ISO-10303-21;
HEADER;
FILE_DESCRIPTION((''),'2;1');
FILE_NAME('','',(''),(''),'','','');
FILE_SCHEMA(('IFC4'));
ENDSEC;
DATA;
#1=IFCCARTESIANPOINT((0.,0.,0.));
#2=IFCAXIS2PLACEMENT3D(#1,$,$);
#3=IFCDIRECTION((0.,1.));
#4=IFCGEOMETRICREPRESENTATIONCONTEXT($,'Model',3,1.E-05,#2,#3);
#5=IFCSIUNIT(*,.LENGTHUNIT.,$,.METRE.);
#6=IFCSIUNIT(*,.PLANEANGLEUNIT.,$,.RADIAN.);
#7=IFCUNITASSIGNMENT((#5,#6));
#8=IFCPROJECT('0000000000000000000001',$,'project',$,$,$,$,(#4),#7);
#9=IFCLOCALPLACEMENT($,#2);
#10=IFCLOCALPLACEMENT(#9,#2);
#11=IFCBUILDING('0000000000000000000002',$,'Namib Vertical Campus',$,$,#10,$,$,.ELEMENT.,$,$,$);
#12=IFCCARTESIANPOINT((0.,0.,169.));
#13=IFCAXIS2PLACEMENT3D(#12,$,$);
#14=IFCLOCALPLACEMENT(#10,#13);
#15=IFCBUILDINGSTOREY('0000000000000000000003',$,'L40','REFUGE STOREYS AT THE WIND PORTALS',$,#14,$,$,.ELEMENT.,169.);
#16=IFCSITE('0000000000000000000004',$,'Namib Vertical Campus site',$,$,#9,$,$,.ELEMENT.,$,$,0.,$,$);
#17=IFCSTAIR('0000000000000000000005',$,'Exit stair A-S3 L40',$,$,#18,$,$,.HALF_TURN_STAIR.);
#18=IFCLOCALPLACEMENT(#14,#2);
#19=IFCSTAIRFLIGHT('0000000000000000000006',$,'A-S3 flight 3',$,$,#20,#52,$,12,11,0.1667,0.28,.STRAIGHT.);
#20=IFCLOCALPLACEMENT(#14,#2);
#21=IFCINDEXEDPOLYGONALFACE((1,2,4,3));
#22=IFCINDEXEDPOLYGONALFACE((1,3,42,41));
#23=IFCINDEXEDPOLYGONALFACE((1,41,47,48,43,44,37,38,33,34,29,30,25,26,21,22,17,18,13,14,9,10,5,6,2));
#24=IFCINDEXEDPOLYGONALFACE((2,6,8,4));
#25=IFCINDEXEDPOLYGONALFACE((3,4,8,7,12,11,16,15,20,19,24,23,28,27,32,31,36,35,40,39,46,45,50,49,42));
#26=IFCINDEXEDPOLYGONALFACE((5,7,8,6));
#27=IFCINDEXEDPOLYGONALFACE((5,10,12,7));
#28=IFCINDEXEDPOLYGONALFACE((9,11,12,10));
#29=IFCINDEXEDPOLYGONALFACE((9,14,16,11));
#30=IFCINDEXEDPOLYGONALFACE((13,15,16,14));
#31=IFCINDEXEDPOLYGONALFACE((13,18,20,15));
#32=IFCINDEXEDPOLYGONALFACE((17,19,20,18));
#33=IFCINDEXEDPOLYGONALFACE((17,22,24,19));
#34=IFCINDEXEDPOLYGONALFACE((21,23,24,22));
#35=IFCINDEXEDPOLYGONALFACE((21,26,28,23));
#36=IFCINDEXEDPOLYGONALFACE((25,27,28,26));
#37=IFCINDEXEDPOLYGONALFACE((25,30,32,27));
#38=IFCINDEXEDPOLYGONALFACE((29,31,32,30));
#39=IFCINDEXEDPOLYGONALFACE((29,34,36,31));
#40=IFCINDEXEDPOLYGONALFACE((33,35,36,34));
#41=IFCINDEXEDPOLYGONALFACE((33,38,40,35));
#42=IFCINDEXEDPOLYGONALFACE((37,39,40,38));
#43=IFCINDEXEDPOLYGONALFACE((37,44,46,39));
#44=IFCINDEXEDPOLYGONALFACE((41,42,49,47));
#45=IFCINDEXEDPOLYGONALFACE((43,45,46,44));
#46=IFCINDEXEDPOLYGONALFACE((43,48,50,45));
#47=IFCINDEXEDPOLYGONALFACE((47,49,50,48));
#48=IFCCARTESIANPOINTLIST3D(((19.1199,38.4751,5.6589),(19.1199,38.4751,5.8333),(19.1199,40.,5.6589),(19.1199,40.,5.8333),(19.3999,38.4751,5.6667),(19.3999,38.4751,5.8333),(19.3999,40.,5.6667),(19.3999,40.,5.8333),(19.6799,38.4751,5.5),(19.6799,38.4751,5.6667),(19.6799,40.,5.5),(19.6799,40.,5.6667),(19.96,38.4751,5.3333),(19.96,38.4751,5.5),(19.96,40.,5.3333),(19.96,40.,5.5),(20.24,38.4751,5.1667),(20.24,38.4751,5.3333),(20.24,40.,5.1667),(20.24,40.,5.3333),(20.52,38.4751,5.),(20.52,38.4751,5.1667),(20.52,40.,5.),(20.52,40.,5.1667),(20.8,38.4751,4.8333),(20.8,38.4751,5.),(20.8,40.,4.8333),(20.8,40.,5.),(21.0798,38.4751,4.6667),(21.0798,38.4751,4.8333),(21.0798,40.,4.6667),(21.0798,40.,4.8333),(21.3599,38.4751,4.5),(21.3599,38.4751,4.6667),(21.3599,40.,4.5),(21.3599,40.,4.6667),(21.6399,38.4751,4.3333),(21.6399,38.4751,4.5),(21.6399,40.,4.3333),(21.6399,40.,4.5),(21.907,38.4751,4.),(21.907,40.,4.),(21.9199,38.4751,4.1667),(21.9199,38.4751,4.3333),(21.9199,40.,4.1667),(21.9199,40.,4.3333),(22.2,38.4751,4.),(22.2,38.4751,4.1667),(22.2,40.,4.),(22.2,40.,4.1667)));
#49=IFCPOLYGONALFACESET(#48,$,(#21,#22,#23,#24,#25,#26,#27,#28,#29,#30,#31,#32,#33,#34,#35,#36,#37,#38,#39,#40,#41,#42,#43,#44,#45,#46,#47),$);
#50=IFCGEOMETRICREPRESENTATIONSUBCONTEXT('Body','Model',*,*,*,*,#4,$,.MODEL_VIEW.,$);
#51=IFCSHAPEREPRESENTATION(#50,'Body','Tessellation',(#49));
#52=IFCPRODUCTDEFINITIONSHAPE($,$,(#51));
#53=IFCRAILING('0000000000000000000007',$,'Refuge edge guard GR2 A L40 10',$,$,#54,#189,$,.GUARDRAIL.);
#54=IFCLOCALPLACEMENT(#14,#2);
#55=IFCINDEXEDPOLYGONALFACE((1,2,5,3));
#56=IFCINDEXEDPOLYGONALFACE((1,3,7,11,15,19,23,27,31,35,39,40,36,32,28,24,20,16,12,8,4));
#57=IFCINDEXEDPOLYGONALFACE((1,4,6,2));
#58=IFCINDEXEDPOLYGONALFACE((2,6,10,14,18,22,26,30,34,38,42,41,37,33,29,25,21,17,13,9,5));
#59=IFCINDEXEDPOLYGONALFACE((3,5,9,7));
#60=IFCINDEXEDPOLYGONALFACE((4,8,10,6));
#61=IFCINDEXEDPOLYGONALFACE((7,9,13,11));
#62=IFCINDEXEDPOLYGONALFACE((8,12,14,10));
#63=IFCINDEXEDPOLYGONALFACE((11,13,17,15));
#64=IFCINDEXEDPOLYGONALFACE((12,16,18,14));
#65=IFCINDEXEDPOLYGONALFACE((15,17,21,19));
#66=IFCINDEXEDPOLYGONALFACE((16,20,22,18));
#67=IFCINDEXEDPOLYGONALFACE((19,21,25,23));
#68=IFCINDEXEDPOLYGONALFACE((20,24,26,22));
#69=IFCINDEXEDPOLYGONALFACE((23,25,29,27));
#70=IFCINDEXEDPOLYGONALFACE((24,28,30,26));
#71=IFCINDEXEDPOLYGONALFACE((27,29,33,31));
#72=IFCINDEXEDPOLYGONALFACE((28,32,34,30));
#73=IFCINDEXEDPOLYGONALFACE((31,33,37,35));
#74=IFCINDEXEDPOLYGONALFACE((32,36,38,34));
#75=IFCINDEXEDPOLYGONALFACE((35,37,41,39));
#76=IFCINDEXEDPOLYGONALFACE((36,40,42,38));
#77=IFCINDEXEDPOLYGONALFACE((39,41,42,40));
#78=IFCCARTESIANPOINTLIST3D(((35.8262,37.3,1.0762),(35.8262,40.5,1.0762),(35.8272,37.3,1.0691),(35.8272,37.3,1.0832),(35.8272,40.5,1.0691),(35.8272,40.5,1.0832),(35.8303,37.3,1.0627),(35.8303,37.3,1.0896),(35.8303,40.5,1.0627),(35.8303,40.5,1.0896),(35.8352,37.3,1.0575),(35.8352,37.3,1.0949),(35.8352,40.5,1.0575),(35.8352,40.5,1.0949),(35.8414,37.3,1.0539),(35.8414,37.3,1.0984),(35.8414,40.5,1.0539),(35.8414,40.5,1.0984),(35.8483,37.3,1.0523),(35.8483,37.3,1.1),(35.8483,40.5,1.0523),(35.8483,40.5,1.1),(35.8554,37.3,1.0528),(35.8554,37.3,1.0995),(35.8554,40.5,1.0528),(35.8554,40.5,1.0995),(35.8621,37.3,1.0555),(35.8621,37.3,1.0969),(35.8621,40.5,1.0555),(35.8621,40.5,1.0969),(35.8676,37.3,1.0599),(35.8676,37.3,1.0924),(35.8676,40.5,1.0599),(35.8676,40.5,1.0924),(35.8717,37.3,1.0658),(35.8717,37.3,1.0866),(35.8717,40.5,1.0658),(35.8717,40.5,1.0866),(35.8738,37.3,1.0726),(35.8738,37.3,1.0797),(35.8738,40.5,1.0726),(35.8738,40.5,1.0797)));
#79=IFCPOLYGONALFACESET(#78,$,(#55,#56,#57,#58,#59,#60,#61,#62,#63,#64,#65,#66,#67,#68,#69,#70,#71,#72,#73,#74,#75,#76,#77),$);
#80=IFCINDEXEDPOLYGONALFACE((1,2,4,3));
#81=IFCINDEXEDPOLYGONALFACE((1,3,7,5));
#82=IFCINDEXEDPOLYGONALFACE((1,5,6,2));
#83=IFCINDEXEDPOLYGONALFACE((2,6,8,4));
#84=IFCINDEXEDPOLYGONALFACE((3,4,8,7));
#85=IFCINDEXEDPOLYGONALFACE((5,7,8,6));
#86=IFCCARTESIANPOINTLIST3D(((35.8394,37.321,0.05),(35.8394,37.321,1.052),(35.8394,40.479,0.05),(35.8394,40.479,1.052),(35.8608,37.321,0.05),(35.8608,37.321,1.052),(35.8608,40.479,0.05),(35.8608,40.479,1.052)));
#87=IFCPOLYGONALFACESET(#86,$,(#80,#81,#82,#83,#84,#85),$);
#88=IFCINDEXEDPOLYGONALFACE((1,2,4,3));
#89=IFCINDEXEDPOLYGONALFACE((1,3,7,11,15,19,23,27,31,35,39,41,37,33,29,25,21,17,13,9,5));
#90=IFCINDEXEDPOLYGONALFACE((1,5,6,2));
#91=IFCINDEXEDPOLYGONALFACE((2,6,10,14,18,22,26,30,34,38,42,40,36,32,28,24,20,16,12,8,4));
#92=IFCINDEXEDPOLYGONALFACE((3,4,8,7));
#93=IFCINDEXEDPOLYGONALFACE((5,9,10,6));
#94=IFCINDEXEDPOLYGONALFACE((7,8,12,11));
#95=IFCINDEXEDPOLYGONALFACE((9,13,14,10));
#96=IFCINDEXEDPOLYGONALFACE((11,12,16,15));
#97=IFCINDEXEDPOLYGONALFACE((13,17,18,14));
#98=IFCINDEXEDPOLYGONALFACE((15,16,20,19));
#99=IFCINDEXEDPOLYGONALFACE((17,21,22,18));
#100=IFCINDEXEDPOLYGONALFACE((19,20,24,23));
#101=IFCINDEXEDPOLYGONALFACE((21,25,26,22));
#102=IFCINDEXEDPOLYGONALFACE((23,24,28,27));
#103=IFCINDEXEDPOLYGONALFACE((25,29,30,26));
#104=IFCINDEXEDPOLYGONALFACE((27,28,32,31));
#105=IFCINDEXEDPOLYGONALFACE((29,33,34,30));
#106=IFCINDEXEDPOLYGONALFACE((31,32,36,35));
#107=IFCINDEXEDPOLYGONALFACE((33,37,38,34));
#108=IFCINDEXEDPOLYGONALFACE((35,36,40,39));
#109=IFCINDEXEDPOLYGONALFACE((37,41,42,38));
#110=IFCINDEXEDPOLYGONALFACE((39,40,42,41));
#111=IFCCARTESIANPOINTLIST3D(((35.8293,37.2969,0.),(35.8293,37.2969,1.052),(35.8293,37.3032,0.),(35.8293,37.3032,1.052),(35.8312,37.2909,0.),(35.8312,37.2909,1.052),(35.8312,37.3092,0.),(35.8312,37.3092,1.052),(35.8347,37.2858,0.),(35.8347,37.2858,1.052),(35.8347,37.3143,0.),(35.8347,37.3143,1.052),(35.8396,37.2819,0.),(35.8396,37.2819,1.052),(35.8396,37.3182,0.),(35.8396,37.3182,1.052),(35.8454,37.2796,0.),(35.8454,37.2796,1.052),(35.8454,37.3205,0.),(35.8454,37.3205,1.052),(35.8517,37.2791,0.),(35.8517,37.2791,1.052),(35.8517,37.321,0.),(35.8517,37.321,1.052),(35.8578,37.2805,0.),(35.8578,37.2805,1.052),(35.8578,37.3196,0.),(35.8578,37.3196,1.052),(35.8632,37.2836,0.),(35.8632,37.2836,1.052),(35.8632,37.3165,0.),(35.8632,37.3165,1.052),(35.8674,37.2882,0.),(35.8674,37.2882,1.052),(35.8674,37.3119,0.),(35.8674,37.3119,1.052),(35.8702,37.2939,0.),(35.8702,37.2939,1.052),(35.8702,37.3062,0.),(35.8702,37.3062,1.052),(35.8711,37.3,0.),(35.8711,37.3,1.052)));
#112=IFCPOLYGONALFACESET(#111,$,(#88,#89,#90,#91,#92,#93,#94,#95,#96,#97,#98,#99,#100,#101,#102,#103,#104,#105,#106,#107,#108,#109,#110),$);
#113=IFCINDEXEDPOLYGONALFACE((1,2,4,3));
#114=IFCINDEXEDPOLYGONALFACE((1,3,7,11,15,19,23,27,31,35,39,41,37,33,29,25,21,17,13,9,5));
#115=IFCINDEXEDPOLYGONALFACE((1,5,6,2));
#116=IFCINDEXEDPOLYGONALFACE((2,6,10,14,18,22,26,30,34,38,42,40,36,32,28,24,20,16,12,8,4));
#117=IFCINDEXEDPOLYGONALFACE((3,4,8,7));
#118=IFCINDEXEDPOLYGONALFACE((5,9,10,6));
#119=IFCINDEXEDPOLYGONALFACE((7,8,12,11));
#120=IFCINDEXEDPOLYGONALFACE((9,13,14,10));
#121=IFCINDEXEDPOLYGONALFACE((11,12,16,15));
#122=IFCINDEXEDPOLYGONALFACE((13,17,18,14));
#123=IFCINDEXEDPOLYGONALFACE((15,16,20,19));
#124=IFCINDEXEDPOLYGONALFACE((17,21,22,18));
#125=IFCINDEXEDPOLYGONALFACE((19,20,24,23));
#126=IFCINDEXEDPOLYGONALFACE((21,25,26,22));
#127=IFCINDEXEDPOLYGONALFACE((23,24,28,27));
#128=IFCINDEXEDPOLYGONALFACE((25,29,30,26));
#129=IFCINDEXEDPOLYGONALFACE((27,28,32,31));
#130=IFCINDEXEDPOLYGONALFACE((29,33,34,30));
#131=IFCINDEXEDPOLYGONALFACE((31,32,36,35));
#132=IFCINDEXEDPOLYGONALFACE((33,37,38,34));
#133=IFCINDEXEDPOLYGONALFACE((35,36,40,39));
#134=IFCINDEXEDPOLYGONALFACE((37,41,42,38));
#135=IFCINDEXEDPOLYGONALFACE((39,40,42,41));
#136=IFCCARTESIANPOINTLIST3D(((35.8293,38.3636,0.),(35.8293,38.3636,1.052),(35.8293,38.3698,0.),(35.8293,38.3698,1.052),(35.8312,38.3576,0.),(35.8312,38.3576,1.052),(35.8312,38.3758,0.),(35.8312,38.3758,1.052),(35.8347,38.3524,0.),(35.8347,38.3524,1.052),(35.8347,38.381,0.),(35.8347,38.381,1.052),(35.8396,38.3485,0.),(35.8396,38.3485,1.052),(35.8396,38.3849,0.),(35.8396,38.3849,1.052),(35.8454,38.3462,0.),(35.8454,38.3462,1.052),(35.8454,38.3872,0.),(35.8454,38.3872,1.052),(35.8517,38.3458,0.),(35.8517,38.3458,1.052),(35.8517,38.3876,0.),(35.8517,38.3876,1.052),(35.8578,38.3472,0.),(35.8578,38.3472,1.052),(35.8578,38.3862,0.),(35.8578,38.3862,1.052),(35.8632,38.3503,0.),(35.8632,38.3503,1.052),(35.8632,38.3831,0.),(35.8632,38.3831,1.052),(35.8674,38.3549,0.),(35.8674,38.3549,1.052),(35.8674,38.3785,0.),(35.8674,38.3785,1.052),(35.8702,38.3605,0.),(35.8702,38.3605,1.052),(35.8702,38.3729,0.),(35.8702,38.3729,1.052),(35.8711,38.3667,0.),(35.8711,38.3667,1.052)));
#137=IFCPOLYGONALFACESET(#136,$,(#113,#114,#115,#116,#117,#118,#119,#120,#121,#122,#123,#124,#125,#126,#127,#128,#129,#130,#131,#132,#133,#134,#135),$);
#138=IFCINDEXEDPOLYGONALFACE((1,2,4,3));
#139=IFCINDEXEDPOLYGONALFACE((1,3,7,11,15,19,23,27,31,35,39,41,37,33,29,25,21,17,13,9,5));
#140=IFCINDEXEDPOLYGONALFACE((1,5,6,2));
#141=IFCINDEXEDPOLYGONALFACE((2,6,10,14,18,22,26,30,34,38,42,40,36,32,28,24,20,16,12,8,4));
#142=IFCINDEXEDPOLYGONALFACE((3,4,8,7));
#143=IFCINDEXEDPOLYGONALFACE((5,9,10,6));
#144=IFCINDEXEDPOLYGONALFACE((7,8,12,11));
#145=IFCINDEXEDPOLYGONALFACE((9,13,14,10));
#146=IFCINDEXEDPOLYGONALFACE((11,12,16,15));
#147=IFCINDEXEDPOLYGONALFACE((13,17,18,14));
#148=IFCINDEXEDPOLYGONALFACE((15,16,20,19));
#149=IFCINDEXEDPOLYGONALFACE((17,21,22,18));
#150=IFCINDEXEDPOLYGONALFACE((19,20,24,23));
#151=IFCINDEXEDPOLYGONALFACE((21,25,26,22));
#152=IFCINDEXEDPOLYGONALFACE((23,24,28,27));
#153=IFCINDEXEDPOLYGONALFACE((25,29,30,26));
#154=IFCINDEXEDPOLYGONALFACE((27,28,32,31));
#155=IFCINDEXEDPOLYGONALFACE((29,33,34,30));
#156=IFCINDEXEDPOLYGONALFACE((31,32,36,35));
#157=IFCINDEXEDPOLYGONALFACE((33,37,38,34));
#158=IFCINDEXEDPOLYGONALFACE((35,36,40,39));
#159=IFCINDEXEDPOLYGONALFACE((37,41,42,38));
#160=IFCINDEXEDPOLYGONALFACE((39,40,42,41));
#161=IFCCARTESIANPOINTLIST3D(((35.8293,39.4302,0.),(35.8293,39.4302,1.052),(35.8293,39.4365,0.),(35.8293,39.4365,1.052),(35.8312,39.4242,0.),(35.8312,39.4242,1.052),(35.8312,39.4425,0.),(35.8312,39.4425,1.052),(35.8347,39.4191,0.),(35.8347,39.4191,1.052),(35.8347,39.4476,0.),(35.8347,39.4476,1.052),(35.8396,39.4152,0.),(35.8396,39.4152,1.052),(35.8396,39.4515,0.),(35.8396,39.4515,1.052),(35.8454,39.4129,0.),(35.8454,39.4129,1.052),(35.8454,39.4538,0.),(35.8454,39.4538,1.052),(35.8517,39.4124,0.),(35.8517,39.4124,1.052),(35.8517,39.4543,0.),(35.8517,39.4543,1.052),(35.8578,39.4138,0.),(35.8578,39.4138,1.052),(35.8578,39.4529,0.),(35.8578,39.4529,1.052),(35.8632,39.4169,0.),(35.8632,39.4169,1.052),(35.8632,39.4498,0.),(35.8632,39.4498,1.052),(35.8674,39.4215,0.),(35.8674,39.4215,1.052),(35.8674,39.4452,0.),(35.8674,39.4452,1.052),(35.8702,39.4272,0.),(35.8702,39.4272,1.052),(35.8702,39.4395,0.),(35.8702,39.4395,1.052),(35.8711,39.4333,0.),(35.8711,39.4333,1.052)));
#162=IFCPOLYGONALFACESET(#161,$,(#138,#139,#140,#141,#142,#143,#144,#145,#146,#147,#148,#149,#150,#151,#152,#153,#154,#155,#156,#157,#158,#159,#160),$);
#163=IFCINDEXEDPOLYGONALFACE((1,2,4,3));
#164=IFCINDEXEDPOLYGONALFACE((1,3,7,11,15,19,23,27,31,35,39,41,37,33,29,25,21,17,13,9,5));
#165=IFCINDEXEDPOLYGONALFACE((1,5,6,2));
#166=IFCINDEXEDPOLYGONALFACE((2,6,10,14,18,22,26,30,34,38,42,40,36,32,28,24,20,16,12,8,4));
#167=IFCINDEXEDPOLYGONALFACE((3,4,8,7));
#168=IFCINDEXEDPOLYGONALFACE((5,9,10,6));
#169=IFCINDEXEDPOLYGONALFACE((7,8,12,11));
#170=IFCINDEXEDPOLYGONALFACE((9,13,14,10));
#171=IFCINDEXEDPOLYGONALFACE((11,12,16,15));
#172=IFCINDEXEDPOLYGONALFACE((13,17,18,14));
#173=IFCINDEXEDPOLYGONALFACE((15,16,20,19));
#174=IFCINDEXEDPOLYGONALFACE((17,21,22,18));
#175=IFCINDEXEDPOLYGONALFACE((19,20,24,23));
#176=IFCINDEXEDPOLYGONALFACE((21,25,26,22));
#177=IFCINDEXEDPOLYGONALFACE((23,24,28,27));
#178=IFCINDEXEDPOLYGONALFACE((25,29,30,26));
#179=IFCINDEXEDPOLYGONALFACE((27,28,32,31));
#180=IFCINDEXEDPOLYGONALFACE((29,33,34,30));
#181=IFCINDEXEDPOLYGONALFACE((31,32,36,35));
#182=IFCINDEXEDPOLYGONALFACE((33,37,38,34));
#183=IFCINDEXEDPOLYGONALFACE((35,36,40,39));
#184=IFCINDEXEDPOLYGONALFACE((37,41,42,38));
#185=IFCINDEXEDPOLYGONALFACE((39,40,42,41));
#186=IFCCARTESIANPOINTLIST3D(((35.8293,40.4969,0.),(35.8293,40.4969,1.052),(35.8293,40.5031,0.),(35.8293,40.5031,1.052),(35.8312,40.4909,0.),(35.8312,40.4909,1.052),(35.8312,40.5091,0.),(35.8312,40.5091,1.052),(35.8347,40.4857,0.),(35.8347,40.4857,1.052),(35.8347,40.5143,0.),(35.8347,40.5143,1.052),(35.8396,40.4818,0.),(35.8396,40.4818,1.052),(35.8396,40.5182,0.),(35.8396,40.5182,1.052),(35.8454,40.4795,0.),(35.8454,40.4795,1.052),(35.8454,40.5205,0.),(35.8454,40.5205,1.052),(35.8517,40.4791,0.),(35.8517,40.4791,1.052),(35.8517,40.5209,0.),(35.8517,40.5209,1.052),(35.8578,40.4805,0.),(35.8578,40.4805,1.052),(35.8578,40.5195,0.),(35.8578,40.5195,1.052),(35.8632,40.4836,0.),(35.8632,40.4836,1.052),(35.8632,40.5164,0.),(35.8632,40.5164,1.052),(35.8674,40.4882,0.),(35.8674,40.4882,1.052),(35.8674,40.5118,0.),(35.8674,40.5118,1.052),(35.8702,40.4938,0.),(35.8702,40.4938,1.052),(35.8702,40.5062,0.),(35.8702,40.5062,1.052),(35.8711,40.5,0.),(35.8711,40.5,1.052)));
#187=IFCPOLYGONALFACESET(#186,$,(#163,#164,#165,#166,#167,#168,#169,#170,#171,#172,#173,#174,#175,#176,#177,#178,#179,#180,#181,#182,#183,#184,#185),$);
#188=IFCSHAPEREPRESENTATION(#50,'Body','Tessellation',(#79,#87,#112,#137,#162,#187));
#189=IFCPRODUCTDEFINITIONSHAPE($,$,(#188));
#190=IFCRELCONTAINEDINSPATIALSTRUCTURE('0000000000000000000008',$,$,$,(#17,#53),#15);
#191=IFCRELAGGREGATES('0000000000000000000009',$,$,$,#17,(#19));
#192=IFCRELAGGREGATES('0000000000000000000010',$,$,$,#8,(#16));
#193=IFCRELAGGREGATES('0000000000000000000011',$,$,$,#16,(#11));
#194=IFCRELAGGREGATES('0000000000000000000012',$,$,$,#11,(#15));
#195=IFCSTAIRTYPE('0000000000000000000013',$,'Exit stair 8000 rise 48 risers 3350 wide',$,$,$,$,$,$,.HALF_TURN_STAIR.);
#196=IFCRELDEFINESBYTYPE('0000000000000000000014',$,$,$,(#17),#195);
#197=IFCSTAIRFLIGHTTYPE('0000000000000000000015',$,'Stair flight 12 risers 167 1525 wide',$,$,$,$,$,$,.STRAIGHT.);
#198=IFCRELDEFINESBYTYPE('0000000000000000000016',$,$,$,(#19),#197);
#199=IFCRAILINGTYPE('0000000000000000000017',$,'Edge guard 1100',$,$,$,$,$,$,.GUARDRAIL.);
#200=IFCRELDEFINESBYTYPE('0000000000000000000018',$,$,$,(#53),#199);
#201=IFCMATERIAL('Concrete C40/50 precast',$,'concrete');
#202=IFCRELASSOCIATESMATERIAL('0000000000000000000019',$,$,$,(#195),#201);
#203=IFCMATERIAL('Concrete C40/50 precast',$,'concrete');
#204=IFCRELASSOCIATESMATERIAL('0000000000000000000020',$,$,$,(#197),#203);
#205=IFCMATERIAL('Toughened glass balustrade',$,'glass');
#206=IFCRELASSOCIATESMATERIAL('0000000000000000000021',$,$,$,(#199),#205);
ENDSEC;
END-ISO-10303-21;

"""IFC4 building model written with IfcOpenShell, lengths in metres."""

from ifc_helpers import new_model, si_unit, direction, frame, origin, origin_2d, place, context, subcontext, project, spatial, polyline, circle, outline, extrude, material, type_object, element, aggregate, save


model = new_model("IFC4")

# Units and contexts
model_context = context("Model", 3, precision=1e-05, world=origin(), true_north=direction((0.0, 1.0)))
body_context = subcontext(model_context, "Body", "Model", "MODEL_VIEW")
ifc_project = project(units=[si_unit("LENGTHUNIT", "METRE"), si_unit("PLANEANGLEUNIT", "RADIAN")], contexts=[model_context])

# Site, building, storey
site_placement = place(None, origin())
site = spatial("IfcSite", under=ifc_project, at=site_placement, Name="Namib Vertical Campus site", CompositionType="ELEMENT", RefElevation=0.0)
building_placement = place(site_placement, origin())
building = spatial("IfcBuilding", under=site, at=building_placement, Name="Namib Vertical Campus", CompositionType="ELEMENT")
storey_placement = place(building_placement, frame((0.0, 0.0, 169.0)))
storey = spatial("IfcBuildingStorey", under=building, at=storey_placement, Name="L40", Description="REFUGE STOREYS AT THE WIND PORTALS", CompositionType="ELEMENT", Elevation=169.0)

# Stair, stair flight
ifc_material_1 = material(Name="Concrete C40/50 precast", Category="concrete")
stair_type = type_object("IfcStairType", Name="Exit stair 8000 rise 48 risers 3350 wide", PredefinedType="HALF_TURN_STAIR", material=ifc_material_1)
stair_placement = place(storey_placement, origin())
stair = element("IfcStair", 1, at=stair_placement, inside=storey, type_object=stair_type, Name="Exit stair A-S3 L40", PredefinedType="HALF_TURN_STAIR")
ifc_material_2 = material(Name="Concrete C40/50 precast", Category="concrete")
stair_flight_type = type_object("IfcStairFlightType", Name="Stair flight 12 risers 167 1525 wide", PredefinedType="STRAIGHT", material=ifc_material_2)
stair_flight_1_placement = place(storey_placement, frame((22.2, 39.2375, 4.0), z_axis=(0.0, 0.0, 1.0), x_axis=(-1.0, 0.0, 0.0)))
stair_flight_1 = element("IfcStairFlight", 2, at=stair_flight_1_placement, type_object=stair_flight_type, Name="A-S3 flight 3", NumberOfRisers=12, NumberOfTreads=11, PredefinedType="STRAIGHT", RiserHeight=0.1667, TreadLength=0.28, context=body_context, shape_type="SweptSolid", body=[
    extrude(outline(polyline([(0.0, 0.0), (0.0, 0.1667), (0.28, 0.1667), (0.28, 0.3333), (0.5601, 0.3333), (0.5601, 0.5), (0.8401, 0.5), (0.8401, 0.6667), (1.1201, 0.6667), (1.1201, 0.8333), (1.3999, 0.8333), (1.3999, 1.0), (1.6799, 1.0), (1.6799, 1.1667), (1.96, 1.1667), (1.96, 1.3333), (2.24, 1.3333), (2.24, 1.5), (2.52, 1.5), (2.52, 1.6667), (2.8, 1.6667), (2.8, 1.8333), (3.0801, 1.8333), (3.0801, 2.0), (3.0801, 1.6589), (0.293, 0.0), (0.0, 0.0)])), frame((0.0, 0.7625, 0.0), z_axis=(0.0, -1.0, 0.0), x_axis=(1.0, 0.0, 0.0)), (0.0, 0.0, 1.0), 1.5249),
])
aggregate(stair, [stair_flight_1])

# Railing
ifc_material_3 = material(Name="Toughened glass balustrade", Category="glass")
railing_type_1 = type_object("IfcRailingType", Name="Edge guard 1100", PredefinedType="GUARDRAIL", material=ifc_material_3)
railing_1_placement = place(storey_placement, frame((35.8501, 37.3, 0.0)))
element("IfcRailing", 3, at=railing_1_placement, inside=storey, type_object=railing_type_1, Name="Refuge edge guard GR2 A L40 10", PredefinedType="GUARDRAIL", context=body_context, shape_type="SweptSolid", body=[
    extrude(circle(Radius=0.0239, at=origin_2d()), frame((0.0, 0.0, 1.0762), z_axis=(0.0, 1.0, 0.0), x_axis=(-1.0, 0.0, 0.0)), (0.0, 0.0, 1.0), 3.2),
    extrude(outline(polyline([(0.021, 0.05), (3.179, 0.05), (3.179, 1.052), (0.021, 1.052), (0.021, 0.05)])), frame((-0.0107, 0.0, 0.0), z_axis=(1.0, 0.0, 0.0), x_axis=(0.0, 1.0, 0.0)), (0.0, 0.0, 1.0), 0.0215),
    extrude(circle(Radius=0.021, at=origin_2d()), origin(), (0.0, 0.0, 1.0), 1.052),
    extrude(circle(Radius=0.021, at=origin_2d()), frame((0.0, 1.0667, 0.0)), (0.0, 0.0, 1.0), 1.052),
    extrude(circle(Radius=0.021, at=origin_2d()), frame((0.0, 2.1333, 0.0)), (0.0, 0.0, 1.0), 1.052),
    extrude(circle(Radius=0.021, at=origin_2d()), frame((0.0, 3.2, 0.0)), (0.0, 0.0, 1.0), 1.052),
])

save(model, "model.ifc")
